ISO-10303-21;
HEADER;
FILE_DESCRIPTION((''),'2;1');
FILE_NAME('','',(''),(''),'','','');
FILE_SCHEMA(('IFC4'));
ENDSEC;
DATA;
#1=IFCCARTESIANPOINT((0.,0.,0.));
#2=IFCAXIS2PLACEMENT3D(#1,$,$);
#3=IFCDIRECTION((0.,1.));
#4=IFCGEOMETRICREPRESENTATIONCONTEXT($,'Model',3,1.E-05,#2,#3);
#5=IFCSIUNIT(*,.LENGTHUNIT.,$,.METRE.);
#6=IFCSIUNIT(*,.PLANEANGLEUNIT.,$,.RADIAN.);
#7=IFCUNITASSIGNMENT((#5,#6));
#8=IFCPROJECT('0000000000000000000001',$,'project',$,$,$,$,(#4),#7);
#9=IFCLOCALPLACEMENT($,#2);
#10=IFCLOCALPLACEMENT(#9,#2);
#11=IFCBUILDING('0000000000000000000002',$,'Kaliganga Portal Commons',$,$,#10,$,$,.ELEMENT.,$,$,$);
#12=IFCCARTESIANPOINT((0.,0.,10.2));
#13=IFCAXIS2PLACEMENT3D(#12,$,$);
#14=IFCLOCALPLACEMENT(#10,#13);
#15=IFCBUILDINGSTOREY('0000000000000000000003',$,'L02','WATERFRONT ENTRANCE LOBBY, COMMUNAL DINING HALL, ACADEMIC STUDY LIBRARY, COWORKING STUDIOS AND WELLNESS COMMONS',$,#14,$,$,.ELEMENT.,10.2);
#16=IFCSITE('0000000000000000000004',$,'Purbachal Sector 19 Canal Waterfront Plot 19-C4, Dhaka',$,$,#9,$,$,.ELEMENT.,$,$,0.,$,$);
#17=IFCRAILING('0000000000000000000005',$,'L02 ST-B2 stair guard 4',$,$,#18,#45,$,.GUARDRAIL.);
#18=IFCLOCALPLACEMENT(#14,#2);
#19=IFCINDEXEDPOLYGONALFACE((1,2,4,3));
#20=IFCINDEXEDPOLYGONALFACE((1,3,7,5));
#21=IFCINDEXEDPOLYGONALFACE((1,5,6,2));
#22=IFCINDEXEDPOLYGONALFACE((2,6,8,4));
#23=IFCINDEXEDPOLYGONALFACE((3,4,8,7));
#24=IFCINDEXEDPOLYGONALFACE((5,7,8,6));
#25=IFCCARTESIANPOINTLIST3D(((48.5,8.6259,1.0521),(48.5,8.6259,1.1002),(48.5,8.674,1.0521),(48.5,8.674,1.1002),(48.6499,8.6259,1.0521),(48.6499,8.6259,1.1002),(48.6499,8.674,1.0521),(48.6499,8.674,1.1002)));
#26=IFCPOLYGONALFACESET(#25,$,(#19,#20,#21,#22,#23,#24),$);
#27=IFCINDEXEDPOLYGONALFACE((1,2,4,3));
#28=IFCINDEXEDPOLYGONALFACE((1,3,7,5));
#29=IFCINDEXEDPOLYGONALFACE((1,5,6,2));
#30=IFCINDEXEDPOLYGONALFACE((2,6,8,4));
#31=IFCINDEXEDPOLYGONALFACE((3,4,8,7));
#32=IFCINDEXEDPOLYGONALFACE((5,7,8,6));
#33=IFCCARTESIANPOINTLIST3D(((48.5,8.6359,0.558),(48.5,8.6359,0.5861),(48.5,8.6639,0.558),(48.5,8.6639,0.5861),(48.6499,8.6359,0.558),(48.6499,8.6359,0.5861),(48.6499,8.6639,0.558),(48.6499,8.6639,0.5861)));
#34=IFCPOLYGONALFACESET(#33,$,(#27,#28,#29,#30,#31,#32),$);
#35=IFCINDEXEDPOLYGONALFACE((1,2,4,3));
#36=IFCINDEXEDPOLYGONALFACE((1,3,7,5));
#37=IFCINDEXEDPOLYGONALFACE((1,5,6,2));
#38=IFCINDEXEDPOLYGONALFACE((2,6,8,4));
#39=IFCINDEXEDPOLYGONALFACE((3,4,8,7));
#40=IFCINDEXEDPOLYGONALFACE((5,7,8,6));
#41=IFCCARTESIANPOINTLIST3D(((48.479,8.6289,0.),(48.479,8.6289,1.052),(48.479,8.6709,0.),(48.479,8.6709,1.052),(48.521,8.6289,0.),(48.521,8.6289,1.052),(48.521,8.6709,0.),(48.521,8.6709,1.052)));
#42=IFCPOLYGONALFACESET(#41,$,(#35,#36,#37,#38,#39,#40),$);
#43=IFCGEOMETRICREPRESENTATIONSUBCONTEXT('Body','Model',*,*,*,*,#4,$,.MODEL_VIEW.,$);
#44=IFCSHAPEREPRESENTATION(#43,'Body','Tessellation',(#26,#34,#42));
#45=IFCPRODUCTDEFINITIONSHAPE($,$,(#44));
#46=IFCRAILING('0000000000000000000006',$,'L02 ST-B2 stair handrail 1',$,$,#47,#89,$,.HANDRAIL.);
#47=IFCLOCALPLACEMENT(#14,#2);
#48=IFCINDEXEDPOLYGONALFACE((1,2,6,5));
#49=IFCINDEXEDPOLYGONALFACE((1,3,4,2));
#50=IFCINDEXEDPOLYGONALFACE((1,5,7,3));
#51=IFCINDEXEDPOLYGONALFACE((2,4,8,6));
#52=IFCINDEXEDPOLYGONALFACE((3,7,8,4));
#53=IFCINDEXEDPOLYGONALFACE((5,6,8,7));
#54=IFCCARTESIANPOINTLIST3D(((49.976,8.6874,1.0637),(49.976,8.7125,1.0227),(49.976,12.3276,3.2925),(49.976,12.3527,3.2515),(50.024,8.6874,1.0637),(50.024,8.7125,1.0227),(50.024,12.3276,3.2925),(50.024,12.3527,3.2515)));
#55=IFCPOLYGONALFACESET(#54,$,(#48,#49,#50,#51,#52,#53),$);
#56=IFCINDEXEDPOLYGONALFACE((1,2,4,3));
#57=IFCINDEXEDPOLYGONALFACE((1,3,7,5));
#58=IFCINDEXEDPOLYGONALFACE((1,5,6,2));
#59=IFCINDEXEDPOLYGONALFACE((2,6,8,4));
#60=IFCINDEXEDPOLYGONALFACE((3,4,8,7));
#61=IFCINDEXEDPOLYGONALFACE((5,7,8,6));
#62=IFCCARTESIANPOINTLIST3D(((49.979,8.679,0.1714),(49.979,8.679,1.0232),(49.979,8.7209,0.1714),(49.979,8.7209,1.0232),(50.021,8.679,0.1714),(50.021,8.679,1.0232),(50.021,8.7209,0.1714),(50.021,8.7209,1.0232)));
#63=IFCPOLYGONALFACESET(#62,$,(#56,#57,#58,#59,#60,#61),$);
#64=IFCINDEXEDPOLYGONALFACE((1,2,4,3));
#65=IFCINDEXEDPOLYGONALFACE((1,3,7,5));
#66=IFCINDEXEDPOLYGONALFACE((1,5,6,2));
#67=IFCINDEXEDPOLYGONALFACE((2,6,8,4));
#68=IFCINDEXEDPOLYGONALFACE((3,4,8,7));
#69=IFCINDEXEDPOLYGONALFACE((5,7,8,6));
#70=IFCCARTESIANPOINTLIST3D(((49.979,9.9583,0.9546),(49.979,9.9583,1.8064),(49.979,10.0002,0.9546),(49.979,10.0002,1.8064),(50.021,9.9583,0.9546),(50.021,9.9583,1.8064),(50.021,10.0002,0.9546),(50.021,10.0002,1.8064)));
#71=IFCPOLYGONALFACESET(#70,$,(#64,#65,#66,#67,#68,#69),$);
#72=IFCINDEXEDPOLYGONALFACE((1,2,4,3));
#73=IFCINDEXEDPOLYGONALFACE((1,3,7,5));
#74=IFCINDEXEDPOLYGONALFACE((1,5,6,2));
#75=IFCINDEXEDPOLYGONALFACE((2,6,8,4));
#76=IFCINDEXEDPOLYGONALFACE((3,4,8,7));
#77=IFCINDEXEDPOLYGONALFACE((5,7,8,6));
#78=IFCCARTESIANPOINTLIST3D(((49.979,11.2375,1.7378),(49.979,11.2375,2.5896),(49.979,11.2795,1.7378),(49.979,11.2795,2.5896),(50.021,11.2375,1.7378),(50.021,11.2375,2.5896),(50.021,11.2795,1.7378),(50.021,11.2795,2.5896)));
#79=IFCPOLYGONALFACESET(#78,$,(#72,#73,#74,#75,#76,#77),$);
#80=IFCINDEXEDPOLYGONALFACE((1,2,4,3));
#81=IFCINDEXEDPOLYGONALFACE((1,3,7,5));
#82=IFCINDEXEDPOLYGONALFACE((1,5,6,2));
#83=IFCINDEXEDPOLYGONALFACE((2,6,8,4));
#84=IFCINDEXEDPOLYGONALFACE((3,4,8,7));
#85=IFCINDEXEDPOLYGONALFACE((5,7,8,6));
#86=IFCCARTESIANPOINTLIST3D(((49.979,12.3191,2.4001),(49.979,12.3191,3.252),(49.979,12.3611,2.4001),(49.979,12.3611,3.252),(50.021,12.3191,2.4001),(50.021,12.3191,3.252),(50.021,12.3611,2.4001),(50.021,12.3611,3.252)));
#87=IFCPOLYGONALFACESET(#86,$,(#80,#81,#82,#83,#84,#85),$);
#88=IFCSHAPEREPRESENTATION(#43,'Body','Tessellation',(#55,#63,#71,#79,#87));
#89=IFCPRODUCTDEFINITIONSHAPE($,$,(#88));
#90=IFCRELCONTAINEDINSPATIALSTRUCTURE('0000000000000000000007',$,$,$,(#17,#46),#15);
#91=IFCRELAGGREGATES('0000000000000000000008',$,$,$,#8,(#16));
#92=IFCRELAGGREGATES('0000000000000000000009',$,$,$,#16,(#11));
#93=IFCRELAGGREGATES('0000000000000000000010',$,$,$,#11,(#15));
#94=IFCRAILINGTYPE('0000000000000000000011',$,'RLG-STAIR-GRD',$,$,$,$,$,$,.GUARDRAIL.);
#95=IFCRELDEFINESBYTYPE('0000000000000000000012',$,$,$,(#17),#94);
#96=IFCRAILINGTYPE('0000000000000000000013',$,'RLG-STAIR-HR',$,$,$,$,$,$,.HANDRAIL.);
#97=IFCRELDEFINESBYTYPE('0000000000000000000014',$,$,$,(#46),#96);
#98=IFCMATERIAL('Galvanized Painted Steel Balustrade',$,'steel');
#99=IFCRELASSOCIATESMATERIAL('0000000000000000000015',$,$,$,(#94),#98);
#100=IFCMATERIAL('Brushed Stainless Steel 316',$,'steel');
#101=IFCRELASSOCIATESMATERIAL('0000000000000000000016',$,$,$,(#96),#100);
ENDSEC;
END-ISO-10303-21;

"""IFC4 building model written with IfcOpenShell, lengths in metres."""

from ifc_helpers import new_model, si_unit, direction, frame, origin, origin_2d, place, context, subcontext, project, spatial, rectangle, extrude, material, type_object, element, save


model = new_model("IFC4")

# Units and contexts
model_context = context("Model", 3, precision=1e-05, world=origin(), true_north=direction((0.0, 1.0)))
body_context = subcontext(model_context, "Body", "Model", "MODEL_VIEW")
ifc_project = project(units=[si_unit("LENGTHUNIT", "METRE"), si_unit("PLANEANGLEUNIT", "RADIAN")], contexts=[model_context])

# Site, building, storey
site_placement = place(None, origin())
site = spatial("IfcSite", under=ifc_project, at=site_placement, Name="Purbachal Sector 19 Canal Waterfront Plot 19-C4, Dhaka", CompositionType="ELEMENT", RefElevation=0.0)
building_placement = place(site_placement, origin())
building = spatial("IfcBuilding", under=site, at=building_placement, Name="Kaliganga Portal Commons", CompositionType="ELEMENT")
storey_placement = place(building_placement, frame((0.0, 0.0, 10.2)))
storey = spatial("IfcBuildingStorey", under=building, at=storey_placement, Name="L02", Description="WATERFRONT ENTRANCE LOBBY, COMMUNAL DINING HALL, ACADEMIC STUDY LIBRARY, COWORKING STUDIOS AND WELLNESS COMMONS", CompositionType="ELEMENT", Elevation=10.2)

# Railings
ifc_material_1 = material(Name="Galvanized Painted Steel Balustrade", Category="steel")
railing_type_1 = type_object("IfcRailingType", Name="RLG-STAIR-GRD", PredefinedType="GUARDRAIL", material=ifc_material_1)
railing_1_placement = place(storey_placement, frame((48.6499, 8.6499, 0.0)))
element("IfcRailing", 1, at=railing_1_placement, inside=storey, type_object=railing_type_1, Name="L02 ST-B2 stair guard 4", PredefinedType="GUARDRAIL", context=body_context, shape_type="SweptSolid", body=[
    extrude(rectangle(XDim=0.0481, YDim=0.0481, at=origin_2d()), frame((0.0, 0.0, 1.0762), z_axis=(-1.0, 0.0, 0.0), x_axis=(0.0, -1.0, 0.0)), (0.0, 0.0, 1.0), 0.1499),
    extrude(rectangle(XDim=0.0281, YDim=0.0281, at=origin_2d()), frame((0.0, 0.0, 0.572), z_axis=(-1.0, 0.0, 0.0), x_axis=(0.0, -1.0, 0.0)), (0.0, 0.0, 1.0), 0.1499),
    extrude(rectangle(XDim=0.042, YDim=0.042, at=origin_2d()), frame((-0.1499, 0.0, 0.0)), (0.0, 0.0, 1.0), 1.052),
])
ifc_material_2 = material(Name="Brushed Stainless Steel 316", Category="steel")
railing_type_2 = type_object("IfcRailingType", Name="RLG-STAIR-HR", PredefinedType="HANDRAIL", material=ifc_material_2)
railing_2_placement = place(storey_placement, frame((50.0, 8.7, 0.1714)))
element("IfcRailing", 2, at=railing_2_placement, inside=storey, type_object=railing_type_2, Name="L02 ST-B2 stair handrail 1", PredefinedType="HANDRAIL", context=body_context, shape_type="SweptSolid", body=[
    extrude(rectangle(XDim=0.0481, YDim=0.0481, at=origin_2d()), frame((0.0, 0.0, 0.8718), z_axis=(0.0, 0.85284, 0.522172), x_axis=(-1.0, 0.0, 0.0)), (0.0, 0.0, 1.0), 4.2683),
    extrude(rectangle(XDim=0.042, YDim=0.042, at=origin_2d()), origin(), (0.0, 0.0, 1.0), 0.8518),
    extrude(rectangle(XDim=0.042, YDim=0.042, at=origin_2d()), frame((0.0, 1.2793, 0.7832)), (0.0, 0.0, 1.0), 0.8518),
    extrude(rectangle(XDim=0.042, YDim=0.042, at=origin_2d()), frame((0.0, 2.5586, 1.5664)), (0.0, 0.0, 1.0), 0.8518),
    extrude(rectangle(XDim=0.042, YDim=0.042, at=origin_2d()), frame((0.0, 3.6401, 2.2288)), (0.0, 0.0, 1.0), 0.8518),
])

save(model, "model.ifc")
